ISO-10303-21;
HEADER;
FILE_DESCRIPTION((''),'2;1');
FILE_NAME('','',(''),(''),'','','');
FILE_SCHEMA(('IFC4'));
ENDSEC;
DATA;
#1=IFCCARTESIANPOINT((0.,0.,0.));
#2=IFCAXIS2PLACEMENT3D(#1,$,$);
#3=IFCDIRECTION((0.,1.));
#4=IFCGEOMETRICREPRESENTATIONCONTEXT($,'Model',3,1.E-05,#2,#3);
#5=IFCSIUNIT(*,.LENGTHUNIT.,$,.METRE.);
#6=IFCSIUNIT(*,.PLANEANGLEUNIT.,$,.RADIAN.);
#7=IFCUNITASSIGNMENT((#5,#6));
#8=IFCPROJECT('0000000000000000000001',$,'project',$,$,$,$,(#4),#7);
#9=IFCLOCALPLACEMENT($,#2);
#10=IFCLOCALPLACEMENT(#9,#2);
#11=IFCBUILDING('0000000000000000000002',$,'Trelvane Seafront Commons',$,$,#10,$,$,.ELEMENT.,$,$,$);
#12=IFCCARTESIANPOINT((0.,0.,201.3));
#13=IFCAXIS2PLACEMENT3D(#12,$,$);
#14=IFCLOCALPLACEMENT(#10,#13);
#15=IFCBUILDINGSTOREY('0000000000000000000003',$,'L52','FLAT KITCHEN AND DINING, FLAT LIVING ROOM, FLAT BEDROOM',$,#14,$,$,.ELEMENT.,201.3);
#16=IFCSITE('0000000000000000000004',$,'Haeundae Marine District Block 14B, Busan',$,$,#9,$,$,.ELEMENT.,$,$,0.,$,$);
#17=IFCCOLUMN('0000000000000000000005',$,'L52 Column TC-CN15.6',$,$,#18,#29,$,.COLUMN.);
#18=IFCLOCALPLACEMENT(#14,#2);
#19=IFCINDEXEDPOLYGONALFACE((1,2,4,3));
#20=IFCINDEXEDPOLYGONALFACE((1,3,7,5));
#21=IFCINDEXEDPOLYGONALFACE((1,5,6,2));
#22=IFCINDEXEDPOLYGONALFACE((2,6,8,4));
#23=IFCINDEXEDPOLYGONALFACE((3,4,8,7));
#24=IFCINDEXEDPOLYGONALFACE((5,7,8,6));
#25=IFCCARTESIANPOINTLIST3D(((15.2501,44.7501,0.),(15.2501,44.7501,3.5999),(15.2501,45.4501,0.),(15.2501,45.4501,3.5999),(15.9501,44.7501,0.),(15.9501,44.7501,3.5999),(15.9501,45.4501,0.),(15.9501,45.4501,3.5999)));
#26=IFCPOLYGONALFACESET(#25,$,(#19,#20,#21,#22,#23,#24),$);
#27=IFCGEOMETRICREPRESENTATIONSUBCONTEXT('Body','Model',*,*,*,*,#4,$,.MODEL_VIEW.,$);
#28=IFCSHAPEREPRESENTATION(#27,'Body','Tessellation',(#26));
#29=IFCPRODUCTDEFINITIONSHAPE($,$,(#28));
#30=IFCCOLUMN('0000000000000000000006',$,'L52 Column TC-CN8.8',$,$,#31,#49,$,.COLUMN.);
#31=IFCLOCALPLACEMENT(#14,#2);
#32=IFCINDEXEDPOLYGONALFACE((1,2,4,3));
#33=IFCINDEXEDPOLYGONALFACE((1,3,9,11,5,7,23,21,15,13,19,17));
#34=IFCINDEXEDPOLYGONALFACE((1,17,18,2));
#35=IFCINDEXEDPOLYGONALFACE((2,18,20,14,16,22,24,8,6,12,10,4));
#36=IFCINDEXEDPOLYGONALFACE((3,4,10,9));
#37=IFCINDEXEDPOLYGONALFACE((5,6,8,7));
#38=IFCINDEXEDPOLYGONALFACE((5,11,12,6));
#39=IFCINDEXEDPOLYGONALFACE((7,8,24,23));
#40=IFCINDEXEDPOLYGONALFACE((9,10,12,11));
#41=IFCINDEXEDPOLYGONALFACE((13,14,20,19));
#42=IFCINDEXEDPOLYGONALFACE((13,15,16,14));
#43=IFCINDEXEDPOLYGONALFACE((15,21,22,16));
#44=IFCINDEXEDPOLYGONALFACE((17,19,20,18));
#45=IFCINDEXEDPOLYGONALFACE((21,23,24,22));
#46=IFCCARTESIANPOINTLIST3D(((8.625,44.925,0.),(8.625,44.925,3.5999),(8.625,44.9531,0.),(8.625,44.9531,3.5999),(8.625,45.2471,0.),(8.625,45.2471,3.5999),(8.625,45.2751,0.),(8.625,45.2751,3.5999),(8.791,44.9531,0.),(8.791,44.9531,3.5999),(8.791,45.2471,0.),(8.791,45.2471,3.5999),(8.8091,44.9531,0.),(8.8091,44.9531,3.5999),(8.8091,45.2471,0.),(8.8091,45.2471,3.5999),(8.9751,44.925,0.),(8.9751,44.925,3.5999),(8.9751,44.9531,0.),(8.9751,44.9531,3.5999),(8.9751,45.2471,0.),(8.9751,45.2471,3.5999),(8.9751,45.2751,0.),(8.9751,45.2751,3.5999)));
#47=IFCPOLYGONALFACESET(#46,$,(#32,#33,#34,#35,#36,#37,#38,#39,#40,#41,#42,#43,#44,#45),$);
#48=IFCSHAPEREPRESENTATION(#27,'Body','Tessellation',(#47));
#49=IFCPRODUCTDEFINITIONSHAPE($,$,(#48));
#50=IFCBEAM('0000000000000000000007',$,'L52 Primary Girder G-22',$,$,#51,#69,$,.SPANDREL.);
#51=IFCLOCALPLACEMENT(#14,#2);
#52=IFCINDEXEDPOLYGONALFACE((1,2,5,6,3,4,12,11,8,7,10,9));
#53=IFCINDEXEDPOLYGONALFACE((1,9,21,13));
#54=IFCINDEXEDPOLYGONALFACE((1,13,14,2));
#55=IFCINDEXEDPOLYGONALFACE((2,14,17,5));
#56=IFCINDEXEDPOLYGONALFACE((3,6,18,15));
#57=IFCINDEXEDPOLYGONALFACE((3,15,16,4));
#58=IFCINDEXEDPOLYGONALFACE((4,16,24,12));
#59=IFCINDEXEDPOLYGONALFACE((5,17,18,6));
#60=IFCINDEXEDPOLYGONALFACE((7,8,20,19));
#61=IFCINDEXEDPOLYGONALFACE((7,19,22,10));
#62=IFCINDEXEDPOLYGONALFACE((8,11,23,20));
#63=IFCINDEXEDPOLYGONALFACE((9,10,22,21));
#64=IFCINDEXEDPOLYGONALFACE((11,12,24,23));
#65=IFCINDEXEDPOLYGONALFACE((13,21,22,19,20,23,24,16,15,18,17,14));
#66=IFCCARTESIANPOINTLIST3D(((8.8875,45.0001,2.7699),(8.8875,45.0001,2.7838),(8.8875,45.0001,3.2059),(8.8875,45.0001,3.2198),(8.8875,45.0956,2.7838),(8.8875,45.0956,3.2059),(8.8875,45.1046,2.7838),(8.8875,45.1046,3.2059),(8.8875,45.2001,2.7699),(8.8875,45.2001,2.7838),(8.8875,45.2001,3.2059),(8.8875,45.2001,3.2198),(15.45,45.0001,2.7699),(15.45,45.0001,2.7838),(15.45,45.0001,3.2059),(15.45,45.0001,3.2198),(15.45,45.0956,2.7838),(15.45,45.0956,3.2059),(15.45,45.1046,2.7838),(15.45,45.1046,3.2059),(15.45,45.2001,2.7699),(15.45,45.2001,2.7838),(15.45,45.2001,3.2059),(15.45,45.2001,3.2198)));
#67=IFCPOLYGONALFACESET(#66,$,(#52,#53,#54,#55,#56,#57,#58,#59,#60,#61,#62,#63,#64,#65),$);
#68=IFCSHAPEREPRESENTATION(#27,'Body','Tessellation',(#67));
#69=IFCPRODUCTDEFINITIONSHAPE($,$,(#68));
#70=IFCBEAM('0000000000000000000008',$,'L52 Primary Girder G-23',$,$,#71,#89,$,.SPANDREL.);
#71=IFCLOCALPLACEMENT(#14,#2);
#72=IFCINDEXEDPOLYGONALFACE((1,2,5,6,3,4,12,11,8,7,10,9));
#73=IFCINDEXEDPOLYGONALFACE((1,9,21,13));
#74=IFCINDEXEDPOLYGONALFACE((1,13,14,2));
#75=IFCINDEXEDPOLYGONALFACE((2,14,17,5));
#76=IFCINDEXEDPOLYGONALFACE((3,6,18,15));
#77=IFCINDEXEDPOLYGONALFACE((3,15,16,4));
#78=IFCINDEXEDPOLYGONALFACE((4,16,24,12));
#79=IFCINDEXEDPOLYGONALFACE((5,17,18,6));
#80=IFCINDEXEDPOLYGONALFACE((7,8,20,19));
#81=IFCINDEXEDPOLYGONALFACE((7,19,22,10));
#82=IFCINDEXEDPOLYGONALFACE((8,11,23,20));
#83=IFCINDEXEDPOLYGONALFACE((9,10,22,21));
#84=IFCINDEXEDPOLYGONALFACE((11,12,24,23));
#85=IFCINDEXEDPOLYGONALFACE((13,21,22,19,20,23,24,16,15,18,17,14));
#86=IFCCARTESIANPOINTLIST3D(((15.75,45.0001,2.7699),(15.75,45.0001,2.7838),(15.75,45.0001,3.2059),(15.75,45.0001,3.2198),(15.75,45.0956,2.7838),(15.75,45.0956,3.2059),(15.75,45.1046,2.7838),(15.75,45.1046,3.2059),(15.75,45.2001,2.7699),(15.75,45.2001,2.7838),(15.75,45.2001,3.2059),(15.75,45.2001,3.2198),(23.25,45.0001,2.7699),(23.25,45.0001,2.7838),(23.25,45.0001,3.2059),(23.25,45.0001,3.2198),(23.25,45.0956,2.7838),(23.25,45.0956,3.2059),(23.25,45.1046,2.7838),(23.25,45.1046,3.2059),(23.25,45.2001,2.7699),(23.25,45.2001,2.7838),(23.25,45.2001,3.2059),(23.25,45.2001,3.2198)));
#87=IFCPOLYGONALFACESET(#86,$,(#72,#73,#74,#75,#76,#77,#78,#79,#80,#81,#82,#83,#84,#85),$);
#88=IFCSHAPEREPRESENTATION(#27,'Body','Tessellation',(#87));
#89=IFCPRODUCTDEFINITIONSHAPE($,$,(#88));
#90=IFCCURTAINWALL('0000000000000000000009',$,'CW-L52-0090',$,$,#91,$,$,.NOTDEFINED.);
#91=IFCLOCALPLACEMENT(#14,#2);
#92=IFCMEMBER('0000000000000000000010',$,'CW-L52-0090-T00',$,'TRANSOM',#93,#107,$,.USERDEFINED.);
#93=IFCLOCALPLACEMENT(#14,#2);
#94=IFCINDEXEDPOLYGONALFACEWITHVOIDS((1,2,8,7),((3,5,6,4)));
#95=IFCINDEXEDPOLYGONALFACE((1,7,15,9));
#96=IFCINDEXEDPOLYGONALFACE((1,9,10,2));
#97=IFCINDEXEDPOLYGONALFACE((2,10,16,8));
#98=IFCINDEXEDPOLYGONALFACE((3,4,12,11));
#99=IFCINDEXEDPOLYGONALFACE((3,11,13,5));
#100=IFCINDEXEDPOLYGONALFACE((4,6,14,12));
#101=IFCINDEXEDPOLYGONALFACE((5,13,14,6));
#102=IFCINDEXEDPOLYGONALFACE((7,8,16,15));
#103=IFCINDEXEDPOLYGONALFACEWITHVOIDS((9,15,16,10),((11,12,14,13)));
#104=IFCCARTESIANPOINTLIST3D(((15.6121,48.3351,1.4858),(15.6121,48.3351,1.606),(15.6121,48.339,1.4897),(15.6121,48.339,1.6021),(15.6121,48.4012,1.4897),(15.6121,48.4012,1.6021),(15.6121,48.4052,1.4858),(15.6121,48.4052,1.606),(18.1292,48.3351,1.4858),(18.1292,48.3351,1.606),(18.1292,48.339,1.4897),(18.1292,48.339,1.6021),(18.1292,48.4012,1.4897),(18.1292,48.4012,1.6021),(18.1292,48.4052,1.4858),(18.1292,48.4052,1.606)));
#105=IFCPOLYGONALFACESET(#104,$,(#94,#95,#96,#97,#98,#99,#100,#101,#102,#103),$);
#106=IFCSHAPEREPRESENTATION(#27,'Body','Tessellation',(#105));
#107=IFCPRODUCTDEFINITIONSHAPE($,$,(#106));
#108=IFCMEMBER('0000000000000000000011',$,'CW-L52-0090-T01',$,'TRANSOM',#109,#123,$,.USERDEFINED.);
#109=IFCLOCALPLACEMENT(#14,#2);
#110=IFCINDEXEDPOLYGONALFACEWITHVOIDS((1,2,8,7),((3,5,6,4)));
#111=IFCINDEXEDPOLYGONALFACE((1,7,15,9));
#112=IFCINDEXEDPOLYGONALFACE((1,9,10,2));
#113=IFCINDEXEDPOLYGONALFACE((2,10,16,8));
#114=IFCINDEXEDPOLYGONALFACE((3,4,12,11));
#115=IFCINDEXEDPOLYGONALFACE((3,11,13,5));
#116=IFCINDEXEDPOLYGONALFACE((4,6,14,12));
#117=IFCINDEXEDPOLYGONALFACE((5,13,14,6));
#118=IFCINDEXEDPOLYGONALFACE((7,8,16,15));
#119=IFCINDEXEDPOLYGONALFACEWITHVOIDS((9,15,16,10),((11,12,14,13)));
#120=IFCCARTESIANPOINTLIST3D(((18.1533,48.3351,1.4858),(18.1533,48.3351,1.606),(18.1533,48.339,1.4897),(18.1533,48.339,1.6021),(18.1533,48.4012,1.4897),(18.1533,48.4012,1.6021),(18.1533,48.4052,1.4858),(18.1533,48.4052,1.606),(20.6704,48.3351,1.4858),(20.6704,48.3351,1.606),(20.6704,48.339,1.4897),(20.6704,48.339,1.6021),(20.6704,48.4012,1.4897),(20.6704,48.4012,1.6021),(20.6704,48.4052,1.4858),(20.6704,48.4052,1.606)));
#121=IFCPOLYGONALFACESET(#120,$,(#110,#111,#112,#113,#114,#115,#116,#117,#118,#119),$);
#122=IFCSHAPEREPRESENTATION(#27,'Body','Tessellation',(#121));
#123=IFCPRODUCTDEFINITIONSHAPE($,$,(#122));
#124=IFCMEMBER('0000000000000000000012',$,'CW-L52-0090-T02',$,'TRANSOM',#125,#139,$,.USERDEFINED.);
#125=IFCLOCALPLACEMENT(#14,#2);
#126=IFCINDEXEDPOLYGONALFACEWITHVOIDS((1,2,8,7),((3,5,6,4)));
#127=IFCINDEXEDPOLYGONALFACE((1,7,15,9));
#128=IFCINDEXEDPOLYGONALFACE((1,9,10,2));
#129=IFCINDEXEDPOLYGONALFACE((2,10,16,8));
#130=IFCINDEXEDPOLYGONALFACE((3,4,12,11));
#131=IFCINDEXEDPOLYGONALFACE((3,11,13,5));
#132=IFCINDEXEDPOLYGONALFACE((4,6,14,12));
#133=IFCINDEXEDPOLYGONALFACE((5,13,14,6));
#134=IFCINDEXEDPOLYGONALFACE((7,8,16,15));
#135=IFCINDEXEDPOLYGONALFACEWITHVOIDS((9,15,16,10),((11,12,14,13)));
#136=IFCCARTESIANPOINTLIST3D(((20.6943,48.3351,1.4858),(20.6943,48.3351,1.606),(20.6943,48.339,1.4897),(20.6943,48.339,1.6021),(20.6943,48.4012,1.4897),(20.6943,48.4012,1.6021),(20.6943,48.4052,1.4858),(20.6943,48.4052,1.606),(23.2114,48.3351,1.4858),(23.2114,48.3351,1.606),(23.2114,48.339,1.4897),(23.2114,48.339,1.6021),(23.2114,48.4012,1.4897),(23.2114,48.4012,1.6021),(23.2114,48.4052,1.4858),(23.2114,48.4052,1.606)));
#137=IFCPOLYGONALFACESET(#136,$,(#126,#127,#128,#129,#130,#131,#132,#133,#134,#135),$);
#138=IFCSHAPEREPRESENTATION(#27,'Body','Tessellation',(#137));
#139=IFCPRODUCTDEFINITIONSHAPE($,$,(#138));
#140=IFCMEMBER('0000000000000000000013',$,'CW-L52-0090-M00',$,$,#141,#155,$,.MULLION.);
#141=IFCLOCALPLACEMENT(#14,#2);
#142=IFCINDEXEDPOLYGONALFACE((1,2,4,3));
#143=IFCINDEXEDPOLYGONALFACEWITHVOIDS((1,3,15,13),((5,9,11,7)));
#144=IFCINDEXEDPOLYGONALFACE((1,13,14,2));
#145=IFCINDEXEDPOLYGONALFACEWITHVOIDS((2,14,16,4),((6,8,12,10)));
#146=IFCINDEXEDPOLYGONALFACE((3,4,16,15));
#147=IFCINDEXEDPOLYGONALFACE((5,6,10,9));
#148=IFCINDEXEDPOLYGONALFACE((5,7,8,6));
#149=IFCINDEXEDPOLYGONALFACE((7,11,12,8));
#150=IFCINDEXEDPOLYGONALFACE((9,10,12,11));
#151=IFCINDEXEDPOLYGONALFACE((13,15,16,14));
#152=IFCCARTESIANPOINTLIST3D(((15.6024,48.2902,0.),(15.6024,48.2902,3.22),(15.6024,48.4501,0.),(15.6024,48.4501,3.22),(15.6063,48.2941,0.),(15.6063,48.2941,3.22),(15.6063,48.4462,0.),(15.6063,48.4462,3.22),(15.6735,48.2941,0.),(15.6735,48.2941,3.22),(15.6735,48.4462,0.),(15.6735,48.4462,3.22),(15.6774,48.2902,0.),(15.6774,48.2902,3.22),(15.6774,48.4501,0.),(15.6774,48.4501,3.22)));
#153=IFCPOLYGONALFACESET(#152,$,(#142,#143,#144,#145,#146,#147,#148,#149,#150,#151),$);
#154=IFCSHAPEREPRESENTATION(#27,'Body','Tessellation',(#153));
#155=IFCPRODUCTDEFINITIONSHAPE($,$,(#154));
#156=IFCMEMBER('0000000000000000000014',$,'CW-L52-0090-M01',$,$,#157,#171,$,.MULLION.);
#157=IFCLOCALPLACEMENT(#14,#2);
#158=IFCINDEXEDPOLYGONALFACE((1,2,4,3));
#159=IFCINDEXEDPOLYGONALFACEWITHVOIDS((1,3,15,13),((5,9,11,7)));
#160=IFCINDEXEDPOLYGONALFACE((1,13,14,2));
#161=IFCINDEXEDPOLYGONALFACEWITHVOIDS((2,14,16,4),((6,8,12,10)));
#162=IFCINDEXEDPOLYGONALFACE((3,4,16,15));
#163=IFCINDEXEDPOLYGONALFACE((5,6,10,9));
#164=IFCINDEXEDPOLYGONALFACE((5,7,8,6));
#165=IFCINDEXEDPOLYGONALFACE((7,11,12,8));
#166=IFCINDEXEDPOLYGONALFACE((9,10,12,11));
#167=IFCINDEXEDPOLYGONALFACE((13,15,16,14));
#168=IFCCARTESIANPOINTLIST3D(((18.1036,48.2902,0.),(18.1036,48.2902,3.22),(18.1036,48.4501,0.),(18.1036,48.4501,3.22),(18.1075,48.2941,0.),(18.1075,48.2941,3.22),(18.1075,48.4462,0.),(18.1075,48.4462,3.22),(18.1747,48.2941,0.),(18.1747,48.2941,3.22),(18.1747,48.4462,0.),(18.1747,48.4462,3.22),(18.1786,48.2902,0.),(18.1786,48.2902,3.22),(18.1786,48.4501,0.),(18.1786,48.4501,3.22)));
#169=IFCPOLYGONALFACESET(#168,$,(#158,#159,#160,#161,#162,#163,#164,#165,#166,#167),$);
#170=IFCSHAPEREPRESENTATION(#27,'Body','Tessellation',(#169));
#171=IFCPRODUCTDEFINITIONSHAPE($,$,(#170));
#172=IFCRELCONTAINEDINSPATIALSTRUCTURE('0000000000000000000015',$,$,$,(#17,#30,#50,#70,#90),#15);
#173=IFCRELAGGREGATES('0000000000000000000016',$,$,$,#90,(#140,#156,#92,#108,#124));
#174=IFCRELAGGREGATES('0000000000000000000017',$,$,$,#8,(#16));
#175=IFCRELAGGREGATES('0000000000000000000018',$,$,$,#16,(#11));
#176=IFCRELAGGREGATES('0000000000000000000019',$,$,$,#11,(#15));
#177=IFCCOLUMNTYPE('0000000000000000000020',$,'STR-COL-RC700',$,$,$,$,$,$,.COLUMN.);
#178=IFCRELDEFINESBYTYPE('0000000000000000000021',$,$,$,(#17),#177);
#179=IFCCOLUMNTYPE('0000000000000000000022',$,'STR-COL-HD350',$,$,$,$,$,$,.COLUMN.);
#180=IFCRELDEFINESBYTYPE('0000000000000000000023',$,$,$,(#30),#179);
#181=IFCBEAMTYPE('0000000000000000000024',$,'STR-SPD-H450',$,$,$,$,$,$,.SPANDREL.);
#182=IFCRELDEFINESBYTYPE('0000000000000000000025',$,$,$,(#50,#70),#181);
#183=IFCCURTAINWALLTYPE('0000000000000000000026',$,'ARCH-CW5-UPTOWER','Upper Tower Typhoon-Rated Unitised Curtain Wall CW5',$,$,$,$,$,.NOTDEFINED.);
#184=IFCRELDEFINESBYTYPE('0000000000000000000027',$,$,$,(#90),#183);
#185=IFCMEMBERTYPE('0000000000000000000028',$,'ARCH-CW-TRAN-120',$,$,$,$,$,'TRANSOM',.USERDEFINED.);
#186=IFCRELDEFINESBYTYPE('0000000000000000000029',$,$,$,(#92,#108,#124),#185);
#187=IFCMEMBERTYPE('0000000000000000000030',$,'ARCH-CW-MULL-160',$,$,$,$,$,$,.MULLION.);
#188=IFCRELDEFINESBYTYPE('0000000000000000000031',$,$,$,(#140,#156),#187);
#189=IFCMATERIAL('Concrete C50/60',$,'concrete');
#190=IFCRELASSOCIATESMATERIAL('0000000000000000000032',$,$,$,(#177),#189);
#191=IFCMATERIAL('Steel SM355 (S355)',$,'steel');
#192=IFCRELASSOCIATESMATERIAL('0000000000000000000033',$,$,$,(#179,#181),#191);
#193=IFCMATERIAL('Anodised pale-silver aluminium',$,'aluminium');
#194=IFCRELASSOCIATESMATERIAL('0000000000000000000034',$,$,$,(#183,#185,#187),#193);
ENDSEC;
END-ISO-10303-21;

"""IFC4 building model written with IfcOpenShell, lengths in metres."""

from ifc_helpers import new_model, si_unit, direction, frame, origin, origin_2d, place, context, subcontext, project, spatial, rectangle, hollow_rectangle, i_section, extrude, source, transform, mapped, material, material_profile, profile_set, type_object, element, aggregate, save


model = new_model("IFC4")

# Units and contexts
model_context = context("Model", 3, precision=1e-05, world=origin(), true_north=direction((0.0, 1.0)))
body_context = subcontext(model_context, "Body", "Model", "MODEL_VIEW")
ifc_project = project(units=[si_unit("LENGTHUNIT", "METRE"), si_unit("PLANEANGLEUNIT", "RADIAN")], contexts=[model_context])

# Site, building, storey
site_placement = place(None, origin())
site = spatial("IfcSite", under=ifc_project, at=site_placement, Name="Haeundae Marine District Block 14B, Busan", CompositionType="ELEMENT", RefElevation=0.0)
building_placement = place(site_placement, origin())
building = spatial("IfcBuilding", under=site, at=building_placement, Name="Trelvane Seafront Commons", CompositionType="ELEMENT")
storey_placement = place(building_placement, frame((0.0, 0.0, 201.3)))
storey = spatial("IfcBuildingStorey", under=building, at=storey_placement, Name="L52", Description="FLAT KITCHEN AND DINING, FLAT LIVING ROOM, FLAT BEDROOM", CompositionType="ELEMENT", Elevation=201.3)

# Columns
ifc_material_1 = material(Name="Concrete C50/60", Category="concrete")
ifc_material_profile_1 = material_profile(ifc_material_1, rectangle(XDim=0.7, YDim=0.7, at=origin_2d()), Name="RC-700x700")
ifc_profile_set_1 = profile_set([ifc_material_profile_1], Name="Concrete C50/60")
column_type_1 = type_object("IfcColumnType", Name="STR-COL-RC700", PredefinedType="COLUMN", material=ifc_profile_set_1)
shared_shape_1 = source(origin(), body_context, "Body", "SweptSolid", [
    extrude(rectangle(XDim=0.7, YDim=0.7, at=origin_2d()), origin(), (0.0, 0.0, 1.0), 3.5999),
])
column_1_placement = place(storey_placement, frame((15.6001, 45.1001, 0.0), z_axis=(0.0, 0.0, 1.0), x_axis=(1.0, 0.0, 0.0)))
element("IfcColumn", 1, at=column_1_placement, inside=storey, type_object=column_type_1, Name="L52 Column TC-CN15.6", PredefinedType="COLUMN", context=body_context, shape_type="MappedRepresentation", body=[
    mapped(shared_shape_1, transform((0.0, 0.0, 0.0), x_axis=(1.0, 0.0, 0.0), y_axis=(0.0, 1.0, 0.0), z_axis=(0.0, 0.0, 1.0), scale=1.0)),
])
ifc_material_2 = material(Name="Steel SM355 (S355)", Category="steel")
ifc_material_profile_2 = material_profile(ifc_material_2, i_section(OverallWidth=0.3501, OverallDepth=0.3501, WebThickness=0.0181, FlangeThickness=0.0281, at=origin_2d()), Name="HD-350x350x18x28")
ifc_profile_set_2 = profile_set([ifc_material_profile_2], Name="Steel SM355 (S355)")
column_type_2 = type_object("IfcColumnType", Name="STR-COL-HD350", PredefinedType="COLUMN", material=ifc_profile_set_2)
shared_shape_2 = source(origin(), body_context, "Body", "SweptSolid", [
    extrude(i_section(OverallWidth=0.3501, OverallDepth=0.3501, WebThickness=0.0181, FlangeThickness=0.0281, at=origin_2d()), origin(), (0.0, 0.0, 1.0), 3.5999),
])
column_2_placement = place(storey_placement, frame((8.8, 45.1001, 0.0), z_axis=(0.0, 0.0, 1.0), x_axis=(1.0, 0.0, 0.0)))
element("IfcColumn", 2, at=column_2_placement, inside=storey, type_object=column_type_2, Name="L52 Column TC-CN8.8", PredefinedType="COLUMN", context=body_context, shape_type="MappedRepresentation", body=[
    mapped(shared_shape_2, transform((0.0, 0.0, 0.0), x_axis=(1.0, 0.0, 0.0), y_axis=(0.0, 1.0, 0.0), z_axis=(0.0, 0.0, 1.0), scale=1.0)),
])

# Beams
ifc_material_profile_3 = material_profile(ifc_material_2, i_section(OverallWidth=0.2, OverallDepth=0.45, WebThickness=0.009, FlangeThickness=0.0139, at=origin_2d()), Name="H-450x200x9x14")
ifc_profile_set_3 = profile_set([ifc_material_profile_3], Name="Steel SM355 (S355)")
beam_type = type_object("IfcBeamType", Name="STR-SPD-H450", PredefinedType="SPANDREL", material=ifc_profile_set_3)
shared_shape_3 = source(origin(), body_context, "Body", "SweptSolid", [
    extrude(i_section(OverallWidth=0.2, OverallDepth=0.45, WebThickness=0.009, FlangeThickness=0.0139, at=origin_2d()), origin(), (0.0, 0.0, 1.0), 6.5625),
])
beam_1_placement = place(storey_placement, frame((8.8875, 45.1001, 2.9949), z_axis=(1.0, 0.0, 0.0), x_axis=(0.0, 1.0, 0.0)))
element("IfcBeam", 3, at=beam_1_placement, inside=storey, type_object=beam_type, Name="L52 Primary Girder G-22", PredefinedType="SPANDREL", context=body_context, shape_type="MappedRepresentation", body=[
    mapped(shared_shape_3, transform((0.0, 0.0, 0.0), x_axis=(1.0, 0.0, 0.0), y_axis=(0.0, 1.0, 0.0), z_axis=(0.0, 0.0, 1.0), scale=1.0)),
])
shared_shape_4 = source(origin(), body_context, "Body", "SweptSolid", [
    extrude(i_section(OverallWidth=0.2, OverallDepth=0.45, WebThickness=0.009, FlangeThickness=0.0139, at=origin_2d()), origin(), (0.0, 0.0, 1.0), 7.5),
])
beam_2_placement = place(storey_placement, frame((15.75, 45.1001, 2.9949), z_axis=(1.0, 0.0, 0.0), x_axis=(0.0, 1.0, 0.0)))
element("IfcBeam", 4, at=beam_2_placement, inside=storey, type_object=beam_type, Name="L52 Primary Girder G-23", PredefinedType="SPANDREL", context=body_context, shape_type="MappedRepresentation", body=[
    mapped(shared_shape_4, transform((0.0, 0.0, 0.0), x_axis=(1.0, 0.0, 0.0), y_axis=(0.0, 1.0, 0.0), z_axis=(0.0, 0.0, 1.0), scale=1.0)),
])

# Curtain wall, members
ifc_material_3 = material(Name="Anodised pale-silver aluminium", Category="aluminium")
curtain_wall_type = type_object("IfcCurtainWallType", Name="ARCH-CW5-UPTOWER", Description="Upper Tower Typhoon-Rated Unitised Curtain Wall CW5", PredefinedType="NOTDEFINED", material=ifc_material_3)
curtain_wall_placement = place(storey_placement, origin())
curtain_wall = element("IfcCurtainWall", 5, at=curtain_wall_placement, inside=storey, type_object=curtain_wall_type, Name="CW-L52-0090", PredefinedType="NOTDEFINED")
ifc_material_profile_4 = material_profile(ifc_material_3, hollow_rectangle(XDim=0.0701, YDim=0.1201, WallThickness=0.0039, at=origin_2d()), Name="TRAN-70x120x4")
ifc_profile_set_4 = profile_set([ifc_material_profile_4], Name="Anodised pale-silver aluminium")
member_type_1 = type_object("IfcMemberType", Name="ARCH-CW-TRAN-120", ElementType="TRANSOM", PredefinedType="USERDEFINED", material=ifc_profile_set_4)
shared_shape_5 = source(origin(), body_context, "Body", "SweptSolid", [
    extrude(hollow_rectangle(XDim=0.0701, YDim=0.1201, WallThickness=0.0039, at=origin_2d()), origin(), (0.0, 0.0, 1.0), 2.5171),
])
member_1_placement = place(storey_placement, frame((15.6121, 48.3701, 1.5459), z_axis=(1.0, 0.0, 0.0), x_axis=(0.0, 1.0, 0.0)))
member_1 = element("IfcMember", 6, at=member_1_placement, type_object=member_type_1, Name="CW-L52-0090-T00", ObjectType="TRANSOM", PredefinedType="USERDEFINED", context=body_context, shape_type="MappedRepresentation", body=[
    mapped(shared_shape_5, transform((0.0, 0.0, 0.0), x_axis=(1.0, 0.0, 0.0), y_axis=(0.0, 1.0, 0.0), z_axis=(0.0, 0.0, 1.0), scale=1.0)),
])
member_2_placement = place(storey_placement, frame((18.1533, 48.3701, 1.5459), z_axis=(1.0, 0.0, 0.0), x_axis=(0.0, 1.0, 0.0)))
member_2 = element("IfcMember", 7, at=member_2_placement, type_object=member_type_1, Name="CW-L52-0090-T01", ObjectType="TRANSOM", PredefinedType="USERDEFINED", context=body_context, shape_type="MappedRepresentation", body=[
    mapped(shared_shape_5, transform((0.0, 0.0, 0.0), x_axis=(1.0, 0.0, 0.0), y_axis=(0.0, 1.0, 0.0), z_axis=(0.0, 0.0, 1.0), scale=1.0)),
])
member_3_placement = place(storey_placement, frame((20.6943, 48.3701, 1.5459), z_axis=(1.0, 0.0, 0.0), x_axis=(0.0, 1.0, 0.0)))
member_3 = element("IfcMember", 8, at=member_3_placement, type_object=member_type_1, Name="CW-L52-0090-T02", ObjectType="TRANSOM", PredefinedType="USERDEFINED", context=body_context, shape_type="MappedRepresentation", body=[
    mapped(shared_shape_5, transform((0.0, 0.0, 0.0), x_axis=(1.0, 0.0, 0.0), y_axis=(0.0, 1.0, 0.0), z_axis=(0.0, 0.0, 1.0), scale=1.0)),
])
ifc_material_profile_5 = material_profile(ifc_material_3, hollow_rectangle(XDim=0.075, YDim=0.1599, WallThickness=0.0039, at=origin_2d()), Name="MULL-75x160x4")
ifc_profile_set_5 = profile_set([ifc_material_profile_5], Name="Anodised pale-silver aluminium")
member_type_2 = type_object("IfcMemberType", Name="ARCH-CW-MULL-160", PredefinedType="MULLION", material=ifc_profile_set_5)
shared_shape_6 = source(origin(), body_context, "Body", "SweptSolid", [
    extrude(hollow_rectangle(XDim=0.075, YDim=0.1599, WallThickness=0.0039, at=origin_2d()), origin(), (0.0, 0.0, 1.0), 3.22),
])
member_4_placement = place(storey_placement, frame((15.6399, 48.3701, 0.0), z_axis=(0.0, 0.0, 1.0), x_axis=(1.0, 0.0, 0.0)))
member_4 = element("IfcMember", 9, at=member_4_placement, type_object=member_type_2, Name="CW-L52-0090-M00", PredefinedType="MULLION", context=body_context, shape_type="MappedRepresentation", body=[
    mapped(shared_shape_6, transform((0.0, 0.0, 0.0), x_axis=(1.0, 0.0, 0.0), y_axis=(0.0, 1.0, 0.0), z_axis=(0.0, 0.0, 1.0), scale=1.0)),
])
member_5_placement = place(storey_placement, frame((18.1411, 48.3701, 0.0), z_axis=(0.0, 0.0, 1.0), x_axis=(1.0, 0.0, 0.0)))
member_5 = element("IfcMember", 10, at=member_5_placement, type_object=member_type_2, Name="CW-L52-0090-M01", PredefinedType="MULLION", context=body_context, shape_type="MappedRepresentation", body=[
    mapped(shared_shape_6, transform((0.0, 0.0, 0.0), x_axis=(1.0, 0.0, 0.0), y_axis=(0.0, 1.0, 0.0), z_axis=(0.0, 0.0, 1.0), scale=1.0)),
])

aggregate(curtain_wall, [member_4, member_5, member_1, member_2, member_3])

save(model, "model.ifc")
